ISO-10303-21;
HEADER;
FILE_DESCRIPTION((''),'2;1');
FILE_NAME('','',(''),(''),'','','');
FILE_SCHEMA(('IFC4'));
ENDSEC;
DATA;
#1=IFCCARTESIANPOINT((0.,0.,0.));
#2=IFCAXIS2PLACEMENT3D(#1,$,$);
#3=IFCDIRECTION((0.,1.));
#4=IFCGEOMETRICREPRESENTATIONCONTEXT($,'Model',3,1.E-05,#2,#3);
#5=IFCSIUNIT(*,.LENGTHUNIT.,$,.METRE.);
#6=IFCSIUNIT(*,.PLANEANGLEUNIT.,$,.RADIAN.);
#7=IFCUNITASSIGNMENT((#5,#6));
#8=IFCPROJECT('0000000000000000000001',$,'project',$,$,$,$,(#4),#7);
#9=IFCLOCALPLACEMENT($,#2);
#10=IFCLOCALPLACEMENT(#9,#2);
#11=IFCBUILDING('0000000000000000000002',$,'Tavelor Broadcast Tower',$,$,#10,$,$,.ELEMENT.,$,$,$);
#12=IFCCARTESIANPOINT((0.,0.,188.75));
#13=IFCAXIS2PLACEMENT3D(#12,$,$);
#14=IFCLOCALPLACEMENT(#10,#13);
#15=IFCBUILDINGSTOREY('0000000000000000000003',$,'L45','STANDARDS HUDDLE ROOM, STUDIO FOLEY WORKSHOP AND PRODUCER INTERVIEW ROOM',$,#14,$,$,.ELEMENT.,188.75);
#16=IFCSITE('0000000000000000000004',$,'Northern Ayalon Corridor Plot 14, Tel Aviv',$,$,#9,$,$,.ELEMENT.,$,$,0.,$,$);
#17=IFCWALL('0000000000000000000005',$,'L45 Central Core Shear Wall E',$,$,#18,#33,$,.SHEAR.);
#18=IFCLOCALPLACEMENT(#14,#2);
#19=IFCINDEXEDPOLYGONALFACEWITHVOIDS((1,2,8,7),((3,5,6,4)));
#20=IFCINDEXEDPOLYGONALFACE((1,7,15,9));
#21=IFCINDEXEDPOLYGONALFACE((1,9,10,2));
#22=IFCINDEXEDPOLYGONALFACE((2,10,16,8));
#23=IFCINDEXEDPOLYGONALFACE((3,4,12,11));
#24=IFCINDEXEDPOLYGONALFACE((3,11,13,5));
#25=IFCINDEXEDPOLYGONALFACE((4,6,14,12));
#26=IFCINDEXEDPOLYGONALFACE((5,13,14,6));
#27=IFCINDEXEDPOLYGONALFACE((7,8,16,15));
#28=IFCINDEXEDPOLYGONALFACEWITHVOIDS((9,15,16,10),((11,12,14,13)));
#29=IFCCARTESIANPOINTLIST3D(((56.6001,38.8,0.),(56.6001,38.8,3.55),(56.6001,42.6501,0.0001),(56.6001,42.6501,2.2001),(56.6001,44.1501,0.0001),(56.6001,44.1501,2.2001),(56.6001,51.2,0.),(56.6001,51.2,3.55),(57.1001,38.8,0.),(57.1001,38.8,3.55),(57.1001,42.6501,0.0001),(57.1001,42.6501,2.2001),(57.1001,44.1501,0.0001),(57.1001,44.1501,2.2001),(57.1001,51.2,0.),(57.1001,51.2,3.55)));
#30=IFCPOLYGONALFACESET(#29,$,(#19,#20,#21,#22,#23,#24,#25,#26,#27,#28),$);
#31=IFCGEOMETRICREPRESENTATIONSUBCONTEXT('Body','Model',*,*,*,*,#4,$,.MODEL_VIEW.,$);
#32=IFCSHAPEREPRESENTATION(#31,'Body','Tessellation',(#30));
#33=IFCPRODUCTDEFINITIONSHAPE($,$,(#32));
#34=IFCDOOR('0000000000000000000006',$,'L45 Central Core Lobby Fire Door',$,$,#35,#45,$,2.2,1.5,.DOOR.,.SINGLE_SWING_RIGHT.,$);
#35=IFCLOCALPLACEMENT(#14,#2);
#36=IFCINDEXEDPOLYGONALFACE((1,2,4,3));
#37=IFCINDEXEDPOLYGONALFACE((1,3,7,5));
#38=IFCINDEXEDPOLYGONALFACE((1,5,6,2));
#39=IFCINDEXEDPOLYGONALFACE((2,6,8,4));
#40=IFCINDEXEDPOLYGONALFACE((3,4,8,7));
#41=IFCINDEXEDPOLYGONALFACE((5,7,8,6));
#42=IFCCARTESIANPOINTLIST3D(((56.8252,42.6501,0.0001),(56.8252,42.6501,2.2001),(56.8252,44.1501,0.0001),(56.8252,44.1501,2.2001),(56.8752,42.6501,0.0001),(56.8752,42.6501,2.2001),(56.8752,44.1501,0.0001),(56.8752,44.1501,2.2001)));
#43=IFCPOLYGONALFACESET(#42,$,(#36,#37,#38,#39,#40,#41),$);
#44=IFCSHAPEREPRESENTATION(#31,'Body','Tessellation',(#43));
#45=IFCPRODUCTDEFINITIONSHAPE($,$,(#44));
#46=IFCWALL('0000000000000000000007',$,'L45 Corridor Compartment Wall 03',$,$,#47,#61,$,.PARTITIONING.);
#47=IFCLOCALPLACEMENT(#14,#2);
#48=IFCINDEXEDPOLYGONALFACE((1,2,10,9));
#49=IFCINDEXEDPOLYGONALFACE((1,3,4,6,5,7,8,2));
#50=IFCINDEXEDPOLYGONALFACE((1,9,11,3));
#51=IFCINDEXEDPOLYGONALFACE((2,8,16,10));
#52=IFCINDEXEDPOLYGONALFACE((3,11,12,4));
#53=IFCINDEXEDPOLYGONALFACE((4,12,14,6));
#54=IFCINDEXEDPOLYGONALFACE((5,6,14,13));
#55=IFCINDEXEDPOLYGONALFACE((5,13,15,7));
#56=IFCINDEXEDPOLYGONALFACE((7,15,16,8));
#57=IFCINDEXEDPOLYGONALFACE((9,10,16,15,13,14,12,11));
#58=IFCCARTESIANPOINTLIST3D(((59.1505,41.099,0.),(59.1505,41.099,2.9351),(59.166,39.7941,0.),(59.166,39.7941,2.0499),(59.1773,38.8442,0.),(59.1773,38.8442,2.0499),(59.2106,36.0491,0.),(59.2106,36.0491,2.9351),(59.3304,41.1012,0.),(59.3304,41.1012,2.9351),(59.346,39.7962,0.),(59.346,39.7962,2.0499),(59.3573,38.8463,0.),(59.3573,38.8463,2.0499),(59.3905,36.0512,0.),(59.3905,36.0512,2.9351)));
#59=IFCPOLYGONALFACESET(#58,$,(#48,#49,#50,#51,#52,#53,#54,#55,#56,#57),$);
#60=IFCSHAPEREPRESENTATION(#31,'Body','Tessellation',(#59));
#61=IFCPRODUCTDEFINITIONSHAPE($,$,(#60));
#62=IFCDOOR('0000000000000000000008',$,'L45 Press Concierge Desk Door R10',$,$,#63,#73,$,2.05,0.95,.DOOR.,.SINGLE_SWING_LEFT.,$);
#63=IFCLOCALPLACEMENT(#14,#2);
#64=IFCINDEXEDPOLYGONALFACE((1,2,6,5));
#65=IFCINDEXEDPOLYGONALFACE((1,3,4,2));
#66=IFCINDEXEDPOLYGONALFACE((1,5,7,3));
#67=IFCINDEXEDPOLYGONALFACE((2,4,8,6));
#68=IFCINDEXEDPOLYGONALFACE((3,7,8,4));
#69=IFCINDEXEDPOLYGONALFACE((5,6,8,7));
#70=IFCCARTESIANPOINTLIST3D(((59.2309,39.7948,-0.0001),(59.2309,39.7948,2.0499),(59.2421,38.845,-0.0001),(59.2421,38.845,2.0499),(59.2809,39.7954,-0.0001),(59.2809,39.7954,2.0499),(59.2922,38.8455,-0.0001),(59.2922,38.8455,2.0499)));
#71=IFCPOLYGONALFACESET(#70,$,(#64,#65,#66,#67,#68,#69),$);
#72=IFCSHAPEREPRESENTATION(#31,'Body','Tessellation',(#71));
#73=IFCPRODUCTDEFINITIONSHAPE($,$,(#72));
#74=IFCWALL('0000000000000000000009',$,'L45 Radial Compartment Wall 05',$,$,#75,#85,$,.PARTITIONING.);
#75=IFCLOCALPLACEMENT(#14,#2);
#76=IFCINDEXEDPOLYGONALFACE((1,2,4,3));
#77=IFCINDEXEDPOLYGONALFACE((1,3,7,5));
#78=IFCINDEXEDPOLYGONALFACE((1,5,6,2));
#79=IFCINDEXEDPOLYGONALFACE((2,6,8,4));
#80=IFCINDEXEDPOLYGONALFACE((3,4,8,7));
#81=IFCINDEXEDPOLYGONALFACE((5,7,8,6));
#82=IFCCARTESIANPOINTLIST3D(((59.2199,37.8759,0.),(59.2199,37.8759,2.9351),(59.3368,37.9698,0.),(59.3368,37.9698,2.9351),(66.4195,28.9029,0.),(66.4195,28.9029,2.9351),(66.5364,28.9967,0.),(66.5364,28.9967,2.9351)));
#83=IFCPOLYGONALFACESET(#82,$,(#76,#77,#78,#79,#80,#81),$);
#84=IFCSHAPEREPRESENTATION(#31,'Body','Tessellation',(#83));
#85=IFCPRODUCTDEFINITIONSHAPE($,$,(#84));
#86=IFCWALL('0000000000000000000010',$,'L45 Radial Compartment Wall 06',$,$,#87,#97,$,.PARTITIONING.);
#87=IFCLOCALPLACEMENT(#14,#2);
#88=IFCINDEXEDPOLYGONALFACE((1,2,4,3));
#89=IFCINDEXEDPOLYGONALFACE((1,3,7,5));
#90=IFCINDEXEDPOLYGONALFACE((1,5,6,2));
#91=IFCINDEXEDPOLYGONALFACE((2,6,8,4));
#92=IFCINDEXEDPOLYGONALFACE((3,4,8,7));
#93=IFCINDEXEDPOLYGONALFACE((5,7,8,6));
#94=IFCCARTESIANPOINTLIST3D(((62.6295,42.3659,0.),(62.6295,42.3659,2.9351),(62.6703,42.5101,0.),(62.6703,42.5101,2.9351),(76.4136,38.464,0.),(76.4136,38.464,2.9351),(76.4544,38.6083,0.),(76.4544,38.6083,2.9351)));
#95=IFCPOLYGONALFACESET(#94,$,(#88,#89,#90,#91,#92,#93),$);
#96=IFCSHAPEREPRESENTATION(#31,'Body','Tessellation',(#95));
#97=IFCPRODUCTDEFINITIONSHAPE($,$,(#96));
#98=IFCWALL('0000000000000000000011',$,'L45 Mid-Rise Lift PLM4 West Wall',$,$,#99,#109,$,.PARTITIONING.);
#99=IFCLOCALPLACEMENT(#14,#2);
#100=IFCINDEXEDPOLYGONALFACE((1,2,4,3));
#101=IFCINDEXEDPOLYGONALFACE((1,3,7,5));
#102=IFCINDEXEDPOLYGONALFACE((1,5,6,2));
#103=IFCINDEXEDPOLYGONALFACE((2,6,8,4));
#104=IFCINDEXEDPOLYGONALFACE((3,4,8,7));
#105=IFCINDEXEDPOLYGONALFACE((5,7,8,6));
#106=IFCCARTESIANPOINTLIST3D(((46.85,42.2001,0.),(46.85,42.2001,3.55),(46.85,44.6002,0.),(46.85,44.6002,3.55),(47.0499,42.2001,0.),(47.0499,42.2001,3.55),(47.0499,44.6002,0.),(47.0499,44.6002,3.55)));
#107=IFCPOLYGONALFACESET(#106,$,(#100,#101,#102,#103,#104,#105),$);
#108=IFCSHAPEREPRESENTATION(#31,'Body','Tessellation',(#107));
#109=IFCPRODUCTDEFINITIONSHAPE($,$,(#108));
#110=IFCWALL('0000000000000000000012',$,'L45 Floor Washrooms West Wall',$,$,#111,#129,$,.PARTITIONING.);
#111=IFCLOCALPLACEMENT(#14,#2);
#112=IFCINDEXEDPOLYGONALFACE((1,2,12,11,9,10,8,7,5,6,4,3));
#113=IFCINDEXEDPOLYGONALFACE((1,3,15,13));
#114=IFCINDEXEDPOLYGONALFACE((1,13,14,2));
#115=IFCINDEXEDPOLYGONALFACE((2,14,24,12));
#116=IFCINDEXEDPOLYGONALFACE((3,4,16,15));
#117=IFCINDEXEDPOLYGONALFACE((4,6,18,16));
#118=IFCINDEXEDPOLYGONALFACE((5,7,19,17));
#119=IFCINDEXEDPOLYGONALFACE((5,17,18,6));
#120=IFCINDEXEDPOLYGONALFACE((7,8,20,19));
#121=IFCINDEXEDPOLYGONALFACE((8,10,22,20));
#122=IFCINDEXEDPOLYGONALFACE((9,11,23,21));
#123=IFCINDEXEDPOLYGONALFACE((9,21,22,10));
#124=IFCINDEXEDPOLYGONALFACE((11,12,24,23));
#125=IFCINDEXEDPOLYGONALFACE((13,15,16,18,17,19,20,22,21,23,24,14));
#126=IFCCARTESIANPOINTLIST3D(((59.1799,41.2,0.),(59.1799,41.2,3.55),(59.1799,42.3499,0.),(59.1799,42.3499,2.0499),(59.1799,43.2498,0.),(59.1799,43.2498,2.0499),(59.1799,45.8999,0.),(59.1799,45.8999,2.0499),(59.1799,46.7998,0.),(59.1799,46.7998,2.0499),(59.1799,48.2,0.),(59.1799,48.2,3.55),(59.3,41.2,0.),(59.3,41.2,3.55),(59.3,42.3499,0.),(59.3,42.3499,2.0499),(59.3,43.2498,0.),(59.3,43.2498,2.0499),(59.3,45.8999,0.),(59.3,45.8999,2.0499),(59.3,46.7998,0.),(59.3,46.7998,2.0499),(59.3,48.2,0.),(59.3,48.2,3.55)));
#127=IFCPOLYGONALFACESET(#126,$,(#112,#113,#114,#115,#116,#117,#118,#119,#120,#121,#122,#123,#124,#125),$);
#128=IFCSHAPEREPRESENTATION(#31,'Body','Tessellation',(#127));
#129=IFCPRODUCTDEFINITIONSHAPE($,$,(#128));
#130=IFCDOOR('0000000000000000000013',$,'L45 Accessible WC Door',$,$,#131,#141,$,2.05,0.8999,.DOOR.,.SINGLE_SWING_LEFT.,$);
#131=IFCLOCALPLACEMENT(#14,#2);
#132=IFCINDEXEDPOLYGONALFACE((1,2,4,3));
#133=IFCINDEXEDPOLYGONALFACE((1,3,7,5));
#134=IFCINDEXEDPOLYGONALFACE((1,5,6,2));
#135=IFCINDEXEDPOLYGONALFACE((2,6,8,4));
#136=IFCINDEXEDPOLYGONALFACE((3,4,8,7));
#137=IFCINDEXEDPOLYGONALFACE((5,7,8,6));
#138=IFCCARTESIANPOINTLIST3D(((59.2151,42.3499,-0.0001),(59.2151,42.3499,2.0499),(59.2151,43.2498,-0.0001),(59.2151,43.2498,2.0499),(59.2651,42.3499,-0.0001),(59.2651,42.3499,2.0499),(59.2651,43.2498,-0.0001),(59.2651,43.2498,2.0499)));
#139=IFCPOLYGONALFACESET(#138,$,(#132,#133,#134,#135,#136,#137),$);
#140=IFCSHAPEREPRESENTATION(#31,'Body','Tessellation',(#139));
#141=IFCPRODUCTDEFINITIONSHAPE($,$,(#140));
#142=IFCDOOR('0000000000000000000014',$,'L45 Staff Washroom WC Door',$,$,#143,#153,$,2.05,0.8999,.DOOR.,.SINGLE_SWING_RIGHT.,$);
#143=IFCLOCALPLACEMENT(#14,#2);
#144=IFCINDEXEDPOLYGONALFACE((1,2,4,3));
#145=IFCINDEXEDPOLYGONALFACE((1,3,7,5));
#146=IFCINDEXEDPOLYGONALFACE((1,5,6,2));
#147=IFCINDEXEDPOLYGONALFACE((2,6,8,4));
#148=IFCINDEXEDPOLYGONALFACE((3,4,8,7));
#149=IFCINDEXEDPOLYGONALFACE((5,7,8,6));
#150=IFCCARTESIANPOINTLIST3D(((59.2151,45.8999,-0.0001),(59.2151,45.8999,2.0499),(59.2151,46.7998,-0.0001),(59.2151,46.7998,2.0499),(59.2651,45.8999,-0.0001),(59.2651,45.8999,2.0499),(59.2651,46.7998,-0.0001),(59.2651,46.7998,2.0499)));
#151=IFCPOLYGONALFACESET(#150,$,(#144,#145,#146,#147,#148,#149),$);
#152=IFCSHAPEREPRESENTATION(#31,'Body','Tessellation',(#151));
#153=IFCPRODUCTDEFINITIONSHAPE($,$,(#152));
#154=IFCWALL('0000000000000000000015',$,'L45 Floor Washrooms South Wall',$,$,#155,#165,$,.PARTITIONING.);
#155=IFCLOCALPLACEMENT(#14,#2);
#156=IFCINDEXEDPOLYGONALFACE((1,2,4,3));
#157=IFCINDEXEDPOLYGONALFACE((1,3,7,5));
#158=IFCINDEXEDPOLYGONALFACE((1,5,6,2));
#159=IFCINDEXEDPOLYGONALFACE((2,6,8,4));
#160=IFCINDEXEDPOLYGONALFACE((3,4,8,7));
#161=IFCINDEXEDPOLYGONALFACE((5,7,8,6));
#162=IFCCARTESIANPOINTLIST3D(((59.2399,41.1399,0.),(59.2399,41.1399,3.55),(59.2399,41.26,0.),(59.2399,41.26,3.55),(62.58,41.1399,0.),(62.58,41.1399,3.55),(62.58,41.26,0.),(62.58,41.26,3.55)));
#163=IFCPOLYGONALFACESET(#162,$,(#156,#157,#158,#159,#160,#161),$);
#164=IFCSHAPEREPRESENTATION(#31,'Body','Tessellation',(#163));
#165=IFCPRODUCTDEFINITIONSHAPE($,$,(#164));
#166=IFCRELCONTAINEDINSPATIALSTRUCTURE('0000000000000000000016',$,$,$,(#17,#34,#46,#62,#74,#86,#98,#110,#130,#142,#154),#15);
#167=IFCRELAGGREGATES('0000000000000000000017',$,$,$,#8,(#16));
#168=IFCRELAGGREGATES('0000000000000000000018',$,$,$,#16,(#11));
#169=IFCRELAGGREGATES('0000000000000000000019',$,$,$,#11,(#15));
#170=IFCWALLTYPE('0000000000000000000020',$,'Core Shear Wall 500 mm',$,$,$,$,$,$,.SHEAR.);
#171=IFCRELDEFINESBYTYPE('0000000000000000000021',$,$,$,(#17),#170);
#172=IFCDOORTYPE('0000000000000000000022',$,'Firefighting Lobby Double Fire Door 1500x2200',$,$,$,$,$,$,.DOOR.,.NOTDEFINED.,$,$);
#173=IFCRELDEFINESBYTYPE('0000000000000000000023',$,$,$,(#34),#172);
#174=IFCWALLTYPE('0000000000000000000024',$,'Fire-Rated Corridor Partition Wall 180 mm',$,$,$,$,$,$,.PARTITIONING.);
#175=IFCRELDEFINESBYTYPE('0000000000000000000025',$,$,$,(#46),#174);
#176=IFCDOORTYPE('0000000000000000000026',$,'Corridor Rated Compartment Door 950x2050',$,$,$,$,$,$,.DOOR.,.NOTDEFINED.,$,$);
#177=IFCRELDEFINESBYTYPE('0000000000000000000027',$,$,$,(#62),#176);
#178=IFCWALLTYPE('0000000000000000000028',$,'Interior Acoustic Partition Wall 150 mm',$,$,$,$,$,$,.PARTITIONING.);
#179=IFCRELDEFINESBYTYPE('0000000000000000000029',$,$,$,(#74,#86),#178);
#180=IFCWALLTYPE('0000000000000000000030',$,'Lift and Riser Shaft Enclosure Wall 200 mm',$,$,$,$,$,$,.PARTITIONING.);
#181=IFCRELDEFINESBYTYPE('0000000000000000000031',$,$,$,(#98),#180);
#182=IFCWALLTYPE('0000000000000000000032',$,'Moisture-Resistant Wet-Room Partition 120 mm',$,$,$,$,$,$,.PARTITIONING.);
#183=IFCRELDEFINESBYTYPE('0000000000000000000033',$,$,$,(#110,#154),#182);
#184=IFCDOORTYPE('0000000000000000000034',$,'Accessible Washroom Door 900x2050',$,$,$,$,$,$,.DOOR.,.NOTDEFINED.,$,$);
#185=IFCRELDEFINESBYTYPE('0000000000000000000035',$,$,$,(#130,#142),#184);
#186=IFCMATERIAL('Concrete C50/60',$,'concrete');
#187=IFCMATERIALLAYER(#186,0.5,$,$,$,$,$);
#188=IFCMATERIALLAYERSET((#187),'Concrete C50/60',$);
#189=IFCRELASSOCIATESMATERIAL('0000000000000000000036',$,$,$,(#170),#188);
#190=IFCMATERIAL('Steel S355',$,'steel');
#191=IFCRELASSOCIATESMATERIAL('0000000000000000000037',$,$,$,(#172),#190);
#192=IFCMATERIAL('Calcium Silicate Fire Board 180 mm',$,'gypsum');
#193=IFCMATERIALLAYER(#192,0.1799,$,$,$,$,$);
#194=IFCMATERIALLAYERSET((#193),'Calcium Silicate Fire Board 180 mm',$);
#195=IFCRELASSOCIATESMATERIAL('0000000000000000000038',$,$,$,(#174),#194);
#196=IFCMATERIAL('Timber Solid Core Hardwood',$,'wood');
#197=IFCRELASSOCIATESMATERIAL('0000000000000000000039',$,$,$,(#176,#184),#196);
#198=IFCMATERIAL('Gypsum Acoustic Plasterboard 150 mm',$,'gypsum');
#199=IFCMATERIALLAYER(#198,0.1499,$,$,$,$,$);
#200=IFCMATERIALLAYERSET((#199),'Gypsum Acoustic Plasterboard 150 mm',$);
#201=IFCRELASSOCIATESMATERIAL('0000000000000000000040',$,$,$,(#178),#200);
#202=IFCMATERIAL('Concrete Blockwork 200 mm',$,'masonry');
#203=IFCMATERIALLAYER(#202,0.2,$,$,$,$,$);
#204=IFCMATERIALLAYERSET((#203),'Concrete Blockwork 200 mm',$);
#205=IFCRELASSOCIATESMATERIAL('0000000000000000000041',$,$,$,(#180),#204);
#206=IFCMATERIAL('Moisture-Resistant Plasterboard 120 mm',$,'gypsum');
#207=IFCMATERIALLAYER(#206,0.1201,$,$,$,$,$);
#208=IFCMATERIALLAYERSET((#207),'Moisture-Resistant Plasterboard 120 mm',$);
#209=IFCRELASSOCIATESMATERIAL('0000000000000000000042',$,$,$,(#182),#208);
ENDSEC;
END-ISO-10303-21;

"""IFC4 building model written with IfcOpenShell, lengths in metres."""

from ifc_helpers import new_model, si_unit, direction, frame, frame_2d, origin, place, context, subcontext, project, spatial, rectangle, extrude, material, layer, layer_set, type_object, element, fill, save


model = new_model("IFC4")

# Units and contexts
model_context = context("Model", 3, precision=1e-05, world=origin(), true_north=direction((0.0, 1.0)))
body_context = subcontext(model_context, "Body", "Model", "MODEL_VIEW")
ifc_project = project(units=[si_unit("LENGTHUNIT", "METRE"), si_unit("PLANEANGLEUNIT", "RADIAN")], contexts=[model_context])

# Site, building, storey
site_placement = place(None, origin())
site = spatial("IfcSite", under=ifc_project, at=site_placement, Name="Northern Ayalon Corridor Plot 14, Tel Aviv", CompositionType="ELEMENT", RefElevation=0.0)
building_placement = place(site_placement, origin())
building = spatial("IfcBuilding", under=site, at=building_placement, Name="Tavelor Broadcast Tower", CompositionType="ELEMENT")
storey_placement = place(building_placement, frame((0.0, 0.0, 188.75)))
storey = spatial("IfcBuildingStorey", under=building, at=storey_placement, Name="L45", Description="STANDARDS HUDDLE ROOM, STUDIO FOLEY WORKSHOP AND PRODUCER INTERVIEW ROOM", CompositionType="ELEMENT", Elevation=188.75)

# Shared definitions
ifc_material_1 = material(Name="Concrete C50/60", Category="concrete")

# Shared definitions
ifc_material_2 = material(Name="Steel S355", Category="steel")

# Walls, openings, doors
ifc_layer_1 = layer(ifc_material_1, 0.5)
ifc_layer_set_1 = layer_set([ifc_layer_1], Name="Concrete C50/60")
wall_type_1 = type_object("IfcWallType", Name="Core Shear Wall 500 mm", PredefinedType="SHEAR", material=ifc_layer_set_1)
wall_1_placement = place(storey_placement, frame((56.8501, 38.8, 0.0), z_axis=(0.0, 0.0, 1.0), x_axis=(0.0, 1.0, 0.0)))
wall_1 = element("IfcWall", 1, at=wall_1_placement, inside=storey, type_object=wall_type_1, Name="L45 Central Core Shear Wall E", PredefinedType="SHEAR", context=body_context, shape_type="SweptSolid", body=[
    extrude(rectangle(XDim=12.3999, YDim=0.5, at=frame_2d((6.2, 0.0))), origin(), (0.0, 0.0, 1.0), 3.55),
])
opening_1_placement = place(wall_1_placement, frame((3.8501, 0.0, 0.0)))
opening_1 = element("IfcOpeningElement", 2, at=opening_1_placement, cuts=wall_1, PredefinedType="OPENING", context=body_context, shape_type="SweptSolid", body=[
    extrude(rectangle(XDim=1.5, YDim=2.2, at=frame_2d((0.75, 1.1001))), frame((0.0, 0.26, 0.0), z_axis=(0.0, -1.0, 0.0), x_axis=(1.0, 0.0, 0.0)), (0.0, 0.0, 1.0), 0.52),
])
door_type_1 = type_object("IfcDoorType", Name="Firefighting Lobby Double Fire Door 1500x2200", OperationType="NOTDEFINED", PredefinedType="DOOR", material=ifc_material_2)
door_1_placement = place(opening_1_placement, origin())
door_1 = element("IfcDoor", 3, at=door_1_placement, inside=storey, type_object=door_type_1, Name="L45 Central Core Lobby Fire Door", OperationType="SINGLE_SWING_RIGHT", OverallHeight=2.2, OverallWidth=1.5, PredefinedType="DOOR", context=body_context, shape_type="SweptSolid", body=[
    extrude(rectangle(XDim=1.5, YDim=2.2, at=frame_2d((0.75, 1.1001))), frame((0.0, 0.0249, 0.0), z_axis=(0.0, -1.0, 0.0), x_axis=(1.0, 0.0, 0.0)), (0.0, 0.0, 1.0), 0.05),
])
fill(opening_1, door_1)
ifc_material_3 = material(Name="Calcium Silicate Fire Board 180 mm", Category="gypsum")
ifc_layer_2 = layer(ifc_material_3, 0.1799)
ifc_layer_set_2 = layer_set([ifc_layer_2], Name="Calcium Silicate Fire Board 180 mm")
wall_type_2 = type_object("IfcWallType", Name="Fire-Rated Corridor Partition Wall 180 mm", PredefinedType="PARTITIONING", material=ifc_layer_set_2)
wall_2_placement = place(storey_placement, frame((59.2405, 41.1001, 0.0), z_axis=(0.0, 0.0, 1.0), x_axis=(0.011892, -0.999929, 0.0)))
wall_2 = element("IfcWall", 4, at=wall_2_placement, inside=storey, type_object=wall_type_2, Name="L45 Corridor Compartment Wall 03", PredefinedType="PARTITIONING", context=body_context, shape_type="SweptSolid", body=[
    extrude(rectangle(XDim=5.0503, YDim=0.1799, at=frame_2d((2.5251, 0.0))), origin(), (0.0, 0.0, 1.0), 2.9351),
])
opening_2_placement = place(wall_2_placement, frame((1.3049, 0.0, 0.0)))
opening_2 = element("IfcOpeningElement", 5, at=opening_2_placement, cuts=wall_2, PredefinedType="OPENING", context=body_context, shape_type="SweptSolid", body=[
    extrude(rectangle(XDim=0.95, YDim=2.05, at=frame_2d((0.4751, 1.0249))), frame((0.0, 0.1001, 0.0), z_axis=(0.0, -1.0, 0.0), x_axis=(1.0, 0.0, 0.0)), (0.0, 0.0, 1.0), 0.2),
])
ifc_material_4 = material(Name="Timber Solid Core Hardwood", Category="wood")
door_type_2 = type_object("IfcDoorType", Name="Corridor Rated Compartment Door 950x2050", OperationType="NOTDEFINED", PredefinedType="DOOR", material=ifc_material_4)
door_2_placement = place(opening_2_placement, origin())
door_2 = element("IfcDoor", 6, at=door_2_placement, inside=storey, type_object=door_type_2, Name="L45 Press Concierge Desk Door R10", OperationType="SINGLE_SWING_LEFT", OverallHeight=2.05, OverallWidth=0.95, PredefinedType="DOOR", context=body_context, shape_type="SweptSolid", body=[
    extrude(rectangle(XDim=0.95, YDim=2.05, at=frame_2d((0.4751, 1.0249))), frame((0.0, 0.0249, 0.0), z_axis=(0.0, -1.0, 0.0), x_axis=(1.0, 0.0, 0.0)), (0.0, 0.0, 1.0), 0.05),
])
fill(opening_2, door_2)

# Walls
ifc_material_5 = material(Name="Gypsum Acoustic Plasterboard 150 mm", Category="gypsum")
ifc_layer_3 = layer(ifc_material_5, 0.1499)
ifc_layer_set_3 = layer_set([ifc_layer_3], Name="Gypsum Acoustic Plasterboard 150 mm")
wall_type_3 = type_object("IfcWallType", Name="Interior Acoustic Partition Wall 150 mm", PredefinedType="PARTITIONING", material=ifc_layer_set_3)
wall_3_placement = place(storey_placement, frame((59.2783, 37.9229, 0.0), z_axis=(0.0, 0.0, 1.0), x_axis=(0.625818, -0.779969, 0.0)))
element("IfcWall", 7, at=wall_3_placement, inside=storey, type_object=wall_type_3, Name="L45 Radial Compartment Wall 05", PredefinedType="PARTITIONING", context=body_context, shape_type="SweptSolid", body=[
    extrude(rectangle(XDim=11.5044, YDim=0.1499, at=frame_2d((5.7522, 0.0))), origin(), (0.0, 0.0, 1.0), 2.9351),
])
wall_4_placement = place(storey_placement, frame((62.6499, 42.438, 0.0), z_axis=(0.0, 0.0, 1.0), x_axis=(0.962194, -0.272366, 0.0)))
element("IfcWall", 8, at=wall_4_placement, inside=storey, type_object=wall_type_3, Name="L45 Radial Compartment Wall 06", PredefinedType="PARTITIONING", context=body_context, shape_type="SweptSolid", body=[
    extrude(rectangle(XDim=14.3257, YDim=0.1499, at=frame_2d((7.1628, 0.0))), origin(), (0.0, 0.0, 1.0), 2.9351),
])

# Shared definitions
ifc_material_6 = material(Name="Concrete Blockwork 200 mm", Category="masonry")

# Wall
ifc_layer_4 = layer(ifc_material_6, 0.2)
ifc_layer_set_4 = layer_set([ifc_layer_4], Name="Concrete Blockwork 200 mm")
wall_type_4 = type_object("IfcWallType", Name="Lift and Riser Shaft Enclosure Wall 200 mm", PredefinedType="PARTITIONING", material=ifc_layer_set_4)
wall_5_placement = place(storey_placement, frame((46.95, 42.2, 0.0), z_axis=(0.0, 0.0, 1.0), x_axis=(0.0, 1.0, 0.0)))
element("IfcWall", 9, at=wall_5_placement, inside=storey, type_object=wall_type_4, Name="L45 Mid-Rise Lift PLM4 West Wall", PredefinedType="PARTITIONING", context=body_context, shape_type="SweptSolid", body=[
    extrude(rectangle(XDim=2.4001, YDim=0.2, at=frame_2d((1.2002, 0.0))), origin(), (0.0, 0.0, 1.0), 3.55),
])

# Wall, openings, doors
ifc_material_7 = material(Name="Moisture-Resistant Plasterboard 120 mm", Category="gypsum")
ifc_layer_5 = layer(ifc_material_7, 0.1201)
ifc_layer_set_5 = layer_set([ifc_layer_5], Name="Moisture-Resistant Plasterboard 120 mm")
wall_type_5 = type_object("IfcWallType", Name="Moisture-Resistant Wet-Room Partition 120 mm", PredefinedType="PARTITIONING", material=ifc_layer_set_5)
wall_6_placement = place(storey_placement, frame((59.24, 41.2, 0.0), z_axis=(0.0, 0.0, 1.0), x_axis=(0.0, 1.0, 0.0)))
wall_6 = element("IfcWall", 10, at=wall_6_placement, inside=storey, type_object=wall_type_5, Name="L45 Floor Washrooms West Wall", PredefinedType="PARTITIONING", context=body_context, shape_type="SweptSolid", body=[
    extrude(rectangle(XDim=7.0, YDim=0.1201, at=frame_2d((3.5, 0.0))), origin(), (0.0, 0.0, 1.0), 3.55),
])
opening_3_placement = place(wall_6_placement, frame((1.1499, 0.0, 0.0)))
opening_3 = element("IfcOpeningElement", 11, at=opening_3_placement, cuts=wall_6, PredefinedType="OPENING", context=body_context, shape_type="SweptSolid", body=[
    extrude(rectangle(XDim=0.8999, YDim=2.05, at=frame_2d((0.45, 1.0249))), frame((0.0, 0.0701, 0.0), z_axis=(0.0, -1.0, 0.0), x_axis=(1.0, 0.0, 0.0)), (0.0, 0.0, 1.0), 0.1401),
])
opening_4_placement = place(wall_6_placement, frame((4.7, 0.0, 0.0)))
opening_4 = element("IfcOpeningElement", 12, at=opening_4_placement, cuts=wall_6, PredefinedType="OPENING", context=body_context, shape_type="SweptSolid", body=[
    extrude(rectangle(XDim=0.8999, YDim=2.05, at=frame_2d((0.45, 1.0249))), frame((0.0, 0.0701, 0.0), z_axis=(0.0, -1.0, 0.0), x_axis=(1.0, 0.0, 0.0)), (0.0, 0.0, 1.0), 0.1401),
])
door_type_3 = type_object("IfcDoorType", Name="Accessible Washroom Door 900x2050", OperationType="NOTDEFINED", PredefinedType="DOOR", material=ifc_material_4)
door_3_placement = place(opening_3_placement, origin())
door_3 = element("IfcDoor", 13, at=door_3_placement, inside=storey, type_object=door_type_3, Name="L45 Accessible WC Door", OperationType="SINGLE_SWING_LEFT", OverallHeight=2.05, OverallWidth=0.8999, PredefinedType="DOOR", context=body_context, shape_type="SweptSolid", body=[
    extrude(rectangle(XDim=0.8999, YDim=2.05, at=frame_2d((0.45, 1.0249))), frame((0.0, 0.0249, 0.0), z_axis=(0.0, -1.0, 0.0), x_axis=(1.0, 0.0, 0.0)), (0.0, 0.0, 1.0), 0.05),
])
fill(opening_3, door_3)
door_4_placement = place(opening_4_placement, origin())
door_4 = element("IfcDoor", 14, at=door_4_placement, inside=storey, type_object=door_type_3, Name="L45 Staff Washroom WC Door", OperationType="SINGLE_SWING_RIGHT", OverallHeight=2.05, OverallWidth=0.8999, PredefinedType="DOOR", context=body_context, shape_type="SweptSolid", body=[
    extrude(rectangle(XDim=0.8999, YDim=2.05, at=frame_2d((0.45, 1.0249))), frame((0.0, 0.0249, 0.0), z_axis=(0.0, -1.0, 0.0), x_axis=(1.0, 0.0, 0.0)), (0.0, 0.0, 1.0), 0.05),
])
fill(opening_4, door_4)

# Wall
wall_7_placement = place(storey_placement, frame((59.24, 41.2, 0.0), z_axis=(0.0, 0.0, 1.0), x_axis=(1.0, 0.0, 0.0)))
element("IfcWall", 15, at=wall_7_placement, inside=storey, type_object=wall_type_5, Name="L45 Floor Washrooms South Wall", PredefinedType="PARTITIONING", context=body_context, shape_type="SweptSolid", body=[
    extrude(rectangle(XDim=3.3401, YDim=0.1201, at=frame_2d((1.6699, 0.0))), origin(), (0.0, 0.0, 1.0), 3.55),
])

save(model, "model.ifc")
